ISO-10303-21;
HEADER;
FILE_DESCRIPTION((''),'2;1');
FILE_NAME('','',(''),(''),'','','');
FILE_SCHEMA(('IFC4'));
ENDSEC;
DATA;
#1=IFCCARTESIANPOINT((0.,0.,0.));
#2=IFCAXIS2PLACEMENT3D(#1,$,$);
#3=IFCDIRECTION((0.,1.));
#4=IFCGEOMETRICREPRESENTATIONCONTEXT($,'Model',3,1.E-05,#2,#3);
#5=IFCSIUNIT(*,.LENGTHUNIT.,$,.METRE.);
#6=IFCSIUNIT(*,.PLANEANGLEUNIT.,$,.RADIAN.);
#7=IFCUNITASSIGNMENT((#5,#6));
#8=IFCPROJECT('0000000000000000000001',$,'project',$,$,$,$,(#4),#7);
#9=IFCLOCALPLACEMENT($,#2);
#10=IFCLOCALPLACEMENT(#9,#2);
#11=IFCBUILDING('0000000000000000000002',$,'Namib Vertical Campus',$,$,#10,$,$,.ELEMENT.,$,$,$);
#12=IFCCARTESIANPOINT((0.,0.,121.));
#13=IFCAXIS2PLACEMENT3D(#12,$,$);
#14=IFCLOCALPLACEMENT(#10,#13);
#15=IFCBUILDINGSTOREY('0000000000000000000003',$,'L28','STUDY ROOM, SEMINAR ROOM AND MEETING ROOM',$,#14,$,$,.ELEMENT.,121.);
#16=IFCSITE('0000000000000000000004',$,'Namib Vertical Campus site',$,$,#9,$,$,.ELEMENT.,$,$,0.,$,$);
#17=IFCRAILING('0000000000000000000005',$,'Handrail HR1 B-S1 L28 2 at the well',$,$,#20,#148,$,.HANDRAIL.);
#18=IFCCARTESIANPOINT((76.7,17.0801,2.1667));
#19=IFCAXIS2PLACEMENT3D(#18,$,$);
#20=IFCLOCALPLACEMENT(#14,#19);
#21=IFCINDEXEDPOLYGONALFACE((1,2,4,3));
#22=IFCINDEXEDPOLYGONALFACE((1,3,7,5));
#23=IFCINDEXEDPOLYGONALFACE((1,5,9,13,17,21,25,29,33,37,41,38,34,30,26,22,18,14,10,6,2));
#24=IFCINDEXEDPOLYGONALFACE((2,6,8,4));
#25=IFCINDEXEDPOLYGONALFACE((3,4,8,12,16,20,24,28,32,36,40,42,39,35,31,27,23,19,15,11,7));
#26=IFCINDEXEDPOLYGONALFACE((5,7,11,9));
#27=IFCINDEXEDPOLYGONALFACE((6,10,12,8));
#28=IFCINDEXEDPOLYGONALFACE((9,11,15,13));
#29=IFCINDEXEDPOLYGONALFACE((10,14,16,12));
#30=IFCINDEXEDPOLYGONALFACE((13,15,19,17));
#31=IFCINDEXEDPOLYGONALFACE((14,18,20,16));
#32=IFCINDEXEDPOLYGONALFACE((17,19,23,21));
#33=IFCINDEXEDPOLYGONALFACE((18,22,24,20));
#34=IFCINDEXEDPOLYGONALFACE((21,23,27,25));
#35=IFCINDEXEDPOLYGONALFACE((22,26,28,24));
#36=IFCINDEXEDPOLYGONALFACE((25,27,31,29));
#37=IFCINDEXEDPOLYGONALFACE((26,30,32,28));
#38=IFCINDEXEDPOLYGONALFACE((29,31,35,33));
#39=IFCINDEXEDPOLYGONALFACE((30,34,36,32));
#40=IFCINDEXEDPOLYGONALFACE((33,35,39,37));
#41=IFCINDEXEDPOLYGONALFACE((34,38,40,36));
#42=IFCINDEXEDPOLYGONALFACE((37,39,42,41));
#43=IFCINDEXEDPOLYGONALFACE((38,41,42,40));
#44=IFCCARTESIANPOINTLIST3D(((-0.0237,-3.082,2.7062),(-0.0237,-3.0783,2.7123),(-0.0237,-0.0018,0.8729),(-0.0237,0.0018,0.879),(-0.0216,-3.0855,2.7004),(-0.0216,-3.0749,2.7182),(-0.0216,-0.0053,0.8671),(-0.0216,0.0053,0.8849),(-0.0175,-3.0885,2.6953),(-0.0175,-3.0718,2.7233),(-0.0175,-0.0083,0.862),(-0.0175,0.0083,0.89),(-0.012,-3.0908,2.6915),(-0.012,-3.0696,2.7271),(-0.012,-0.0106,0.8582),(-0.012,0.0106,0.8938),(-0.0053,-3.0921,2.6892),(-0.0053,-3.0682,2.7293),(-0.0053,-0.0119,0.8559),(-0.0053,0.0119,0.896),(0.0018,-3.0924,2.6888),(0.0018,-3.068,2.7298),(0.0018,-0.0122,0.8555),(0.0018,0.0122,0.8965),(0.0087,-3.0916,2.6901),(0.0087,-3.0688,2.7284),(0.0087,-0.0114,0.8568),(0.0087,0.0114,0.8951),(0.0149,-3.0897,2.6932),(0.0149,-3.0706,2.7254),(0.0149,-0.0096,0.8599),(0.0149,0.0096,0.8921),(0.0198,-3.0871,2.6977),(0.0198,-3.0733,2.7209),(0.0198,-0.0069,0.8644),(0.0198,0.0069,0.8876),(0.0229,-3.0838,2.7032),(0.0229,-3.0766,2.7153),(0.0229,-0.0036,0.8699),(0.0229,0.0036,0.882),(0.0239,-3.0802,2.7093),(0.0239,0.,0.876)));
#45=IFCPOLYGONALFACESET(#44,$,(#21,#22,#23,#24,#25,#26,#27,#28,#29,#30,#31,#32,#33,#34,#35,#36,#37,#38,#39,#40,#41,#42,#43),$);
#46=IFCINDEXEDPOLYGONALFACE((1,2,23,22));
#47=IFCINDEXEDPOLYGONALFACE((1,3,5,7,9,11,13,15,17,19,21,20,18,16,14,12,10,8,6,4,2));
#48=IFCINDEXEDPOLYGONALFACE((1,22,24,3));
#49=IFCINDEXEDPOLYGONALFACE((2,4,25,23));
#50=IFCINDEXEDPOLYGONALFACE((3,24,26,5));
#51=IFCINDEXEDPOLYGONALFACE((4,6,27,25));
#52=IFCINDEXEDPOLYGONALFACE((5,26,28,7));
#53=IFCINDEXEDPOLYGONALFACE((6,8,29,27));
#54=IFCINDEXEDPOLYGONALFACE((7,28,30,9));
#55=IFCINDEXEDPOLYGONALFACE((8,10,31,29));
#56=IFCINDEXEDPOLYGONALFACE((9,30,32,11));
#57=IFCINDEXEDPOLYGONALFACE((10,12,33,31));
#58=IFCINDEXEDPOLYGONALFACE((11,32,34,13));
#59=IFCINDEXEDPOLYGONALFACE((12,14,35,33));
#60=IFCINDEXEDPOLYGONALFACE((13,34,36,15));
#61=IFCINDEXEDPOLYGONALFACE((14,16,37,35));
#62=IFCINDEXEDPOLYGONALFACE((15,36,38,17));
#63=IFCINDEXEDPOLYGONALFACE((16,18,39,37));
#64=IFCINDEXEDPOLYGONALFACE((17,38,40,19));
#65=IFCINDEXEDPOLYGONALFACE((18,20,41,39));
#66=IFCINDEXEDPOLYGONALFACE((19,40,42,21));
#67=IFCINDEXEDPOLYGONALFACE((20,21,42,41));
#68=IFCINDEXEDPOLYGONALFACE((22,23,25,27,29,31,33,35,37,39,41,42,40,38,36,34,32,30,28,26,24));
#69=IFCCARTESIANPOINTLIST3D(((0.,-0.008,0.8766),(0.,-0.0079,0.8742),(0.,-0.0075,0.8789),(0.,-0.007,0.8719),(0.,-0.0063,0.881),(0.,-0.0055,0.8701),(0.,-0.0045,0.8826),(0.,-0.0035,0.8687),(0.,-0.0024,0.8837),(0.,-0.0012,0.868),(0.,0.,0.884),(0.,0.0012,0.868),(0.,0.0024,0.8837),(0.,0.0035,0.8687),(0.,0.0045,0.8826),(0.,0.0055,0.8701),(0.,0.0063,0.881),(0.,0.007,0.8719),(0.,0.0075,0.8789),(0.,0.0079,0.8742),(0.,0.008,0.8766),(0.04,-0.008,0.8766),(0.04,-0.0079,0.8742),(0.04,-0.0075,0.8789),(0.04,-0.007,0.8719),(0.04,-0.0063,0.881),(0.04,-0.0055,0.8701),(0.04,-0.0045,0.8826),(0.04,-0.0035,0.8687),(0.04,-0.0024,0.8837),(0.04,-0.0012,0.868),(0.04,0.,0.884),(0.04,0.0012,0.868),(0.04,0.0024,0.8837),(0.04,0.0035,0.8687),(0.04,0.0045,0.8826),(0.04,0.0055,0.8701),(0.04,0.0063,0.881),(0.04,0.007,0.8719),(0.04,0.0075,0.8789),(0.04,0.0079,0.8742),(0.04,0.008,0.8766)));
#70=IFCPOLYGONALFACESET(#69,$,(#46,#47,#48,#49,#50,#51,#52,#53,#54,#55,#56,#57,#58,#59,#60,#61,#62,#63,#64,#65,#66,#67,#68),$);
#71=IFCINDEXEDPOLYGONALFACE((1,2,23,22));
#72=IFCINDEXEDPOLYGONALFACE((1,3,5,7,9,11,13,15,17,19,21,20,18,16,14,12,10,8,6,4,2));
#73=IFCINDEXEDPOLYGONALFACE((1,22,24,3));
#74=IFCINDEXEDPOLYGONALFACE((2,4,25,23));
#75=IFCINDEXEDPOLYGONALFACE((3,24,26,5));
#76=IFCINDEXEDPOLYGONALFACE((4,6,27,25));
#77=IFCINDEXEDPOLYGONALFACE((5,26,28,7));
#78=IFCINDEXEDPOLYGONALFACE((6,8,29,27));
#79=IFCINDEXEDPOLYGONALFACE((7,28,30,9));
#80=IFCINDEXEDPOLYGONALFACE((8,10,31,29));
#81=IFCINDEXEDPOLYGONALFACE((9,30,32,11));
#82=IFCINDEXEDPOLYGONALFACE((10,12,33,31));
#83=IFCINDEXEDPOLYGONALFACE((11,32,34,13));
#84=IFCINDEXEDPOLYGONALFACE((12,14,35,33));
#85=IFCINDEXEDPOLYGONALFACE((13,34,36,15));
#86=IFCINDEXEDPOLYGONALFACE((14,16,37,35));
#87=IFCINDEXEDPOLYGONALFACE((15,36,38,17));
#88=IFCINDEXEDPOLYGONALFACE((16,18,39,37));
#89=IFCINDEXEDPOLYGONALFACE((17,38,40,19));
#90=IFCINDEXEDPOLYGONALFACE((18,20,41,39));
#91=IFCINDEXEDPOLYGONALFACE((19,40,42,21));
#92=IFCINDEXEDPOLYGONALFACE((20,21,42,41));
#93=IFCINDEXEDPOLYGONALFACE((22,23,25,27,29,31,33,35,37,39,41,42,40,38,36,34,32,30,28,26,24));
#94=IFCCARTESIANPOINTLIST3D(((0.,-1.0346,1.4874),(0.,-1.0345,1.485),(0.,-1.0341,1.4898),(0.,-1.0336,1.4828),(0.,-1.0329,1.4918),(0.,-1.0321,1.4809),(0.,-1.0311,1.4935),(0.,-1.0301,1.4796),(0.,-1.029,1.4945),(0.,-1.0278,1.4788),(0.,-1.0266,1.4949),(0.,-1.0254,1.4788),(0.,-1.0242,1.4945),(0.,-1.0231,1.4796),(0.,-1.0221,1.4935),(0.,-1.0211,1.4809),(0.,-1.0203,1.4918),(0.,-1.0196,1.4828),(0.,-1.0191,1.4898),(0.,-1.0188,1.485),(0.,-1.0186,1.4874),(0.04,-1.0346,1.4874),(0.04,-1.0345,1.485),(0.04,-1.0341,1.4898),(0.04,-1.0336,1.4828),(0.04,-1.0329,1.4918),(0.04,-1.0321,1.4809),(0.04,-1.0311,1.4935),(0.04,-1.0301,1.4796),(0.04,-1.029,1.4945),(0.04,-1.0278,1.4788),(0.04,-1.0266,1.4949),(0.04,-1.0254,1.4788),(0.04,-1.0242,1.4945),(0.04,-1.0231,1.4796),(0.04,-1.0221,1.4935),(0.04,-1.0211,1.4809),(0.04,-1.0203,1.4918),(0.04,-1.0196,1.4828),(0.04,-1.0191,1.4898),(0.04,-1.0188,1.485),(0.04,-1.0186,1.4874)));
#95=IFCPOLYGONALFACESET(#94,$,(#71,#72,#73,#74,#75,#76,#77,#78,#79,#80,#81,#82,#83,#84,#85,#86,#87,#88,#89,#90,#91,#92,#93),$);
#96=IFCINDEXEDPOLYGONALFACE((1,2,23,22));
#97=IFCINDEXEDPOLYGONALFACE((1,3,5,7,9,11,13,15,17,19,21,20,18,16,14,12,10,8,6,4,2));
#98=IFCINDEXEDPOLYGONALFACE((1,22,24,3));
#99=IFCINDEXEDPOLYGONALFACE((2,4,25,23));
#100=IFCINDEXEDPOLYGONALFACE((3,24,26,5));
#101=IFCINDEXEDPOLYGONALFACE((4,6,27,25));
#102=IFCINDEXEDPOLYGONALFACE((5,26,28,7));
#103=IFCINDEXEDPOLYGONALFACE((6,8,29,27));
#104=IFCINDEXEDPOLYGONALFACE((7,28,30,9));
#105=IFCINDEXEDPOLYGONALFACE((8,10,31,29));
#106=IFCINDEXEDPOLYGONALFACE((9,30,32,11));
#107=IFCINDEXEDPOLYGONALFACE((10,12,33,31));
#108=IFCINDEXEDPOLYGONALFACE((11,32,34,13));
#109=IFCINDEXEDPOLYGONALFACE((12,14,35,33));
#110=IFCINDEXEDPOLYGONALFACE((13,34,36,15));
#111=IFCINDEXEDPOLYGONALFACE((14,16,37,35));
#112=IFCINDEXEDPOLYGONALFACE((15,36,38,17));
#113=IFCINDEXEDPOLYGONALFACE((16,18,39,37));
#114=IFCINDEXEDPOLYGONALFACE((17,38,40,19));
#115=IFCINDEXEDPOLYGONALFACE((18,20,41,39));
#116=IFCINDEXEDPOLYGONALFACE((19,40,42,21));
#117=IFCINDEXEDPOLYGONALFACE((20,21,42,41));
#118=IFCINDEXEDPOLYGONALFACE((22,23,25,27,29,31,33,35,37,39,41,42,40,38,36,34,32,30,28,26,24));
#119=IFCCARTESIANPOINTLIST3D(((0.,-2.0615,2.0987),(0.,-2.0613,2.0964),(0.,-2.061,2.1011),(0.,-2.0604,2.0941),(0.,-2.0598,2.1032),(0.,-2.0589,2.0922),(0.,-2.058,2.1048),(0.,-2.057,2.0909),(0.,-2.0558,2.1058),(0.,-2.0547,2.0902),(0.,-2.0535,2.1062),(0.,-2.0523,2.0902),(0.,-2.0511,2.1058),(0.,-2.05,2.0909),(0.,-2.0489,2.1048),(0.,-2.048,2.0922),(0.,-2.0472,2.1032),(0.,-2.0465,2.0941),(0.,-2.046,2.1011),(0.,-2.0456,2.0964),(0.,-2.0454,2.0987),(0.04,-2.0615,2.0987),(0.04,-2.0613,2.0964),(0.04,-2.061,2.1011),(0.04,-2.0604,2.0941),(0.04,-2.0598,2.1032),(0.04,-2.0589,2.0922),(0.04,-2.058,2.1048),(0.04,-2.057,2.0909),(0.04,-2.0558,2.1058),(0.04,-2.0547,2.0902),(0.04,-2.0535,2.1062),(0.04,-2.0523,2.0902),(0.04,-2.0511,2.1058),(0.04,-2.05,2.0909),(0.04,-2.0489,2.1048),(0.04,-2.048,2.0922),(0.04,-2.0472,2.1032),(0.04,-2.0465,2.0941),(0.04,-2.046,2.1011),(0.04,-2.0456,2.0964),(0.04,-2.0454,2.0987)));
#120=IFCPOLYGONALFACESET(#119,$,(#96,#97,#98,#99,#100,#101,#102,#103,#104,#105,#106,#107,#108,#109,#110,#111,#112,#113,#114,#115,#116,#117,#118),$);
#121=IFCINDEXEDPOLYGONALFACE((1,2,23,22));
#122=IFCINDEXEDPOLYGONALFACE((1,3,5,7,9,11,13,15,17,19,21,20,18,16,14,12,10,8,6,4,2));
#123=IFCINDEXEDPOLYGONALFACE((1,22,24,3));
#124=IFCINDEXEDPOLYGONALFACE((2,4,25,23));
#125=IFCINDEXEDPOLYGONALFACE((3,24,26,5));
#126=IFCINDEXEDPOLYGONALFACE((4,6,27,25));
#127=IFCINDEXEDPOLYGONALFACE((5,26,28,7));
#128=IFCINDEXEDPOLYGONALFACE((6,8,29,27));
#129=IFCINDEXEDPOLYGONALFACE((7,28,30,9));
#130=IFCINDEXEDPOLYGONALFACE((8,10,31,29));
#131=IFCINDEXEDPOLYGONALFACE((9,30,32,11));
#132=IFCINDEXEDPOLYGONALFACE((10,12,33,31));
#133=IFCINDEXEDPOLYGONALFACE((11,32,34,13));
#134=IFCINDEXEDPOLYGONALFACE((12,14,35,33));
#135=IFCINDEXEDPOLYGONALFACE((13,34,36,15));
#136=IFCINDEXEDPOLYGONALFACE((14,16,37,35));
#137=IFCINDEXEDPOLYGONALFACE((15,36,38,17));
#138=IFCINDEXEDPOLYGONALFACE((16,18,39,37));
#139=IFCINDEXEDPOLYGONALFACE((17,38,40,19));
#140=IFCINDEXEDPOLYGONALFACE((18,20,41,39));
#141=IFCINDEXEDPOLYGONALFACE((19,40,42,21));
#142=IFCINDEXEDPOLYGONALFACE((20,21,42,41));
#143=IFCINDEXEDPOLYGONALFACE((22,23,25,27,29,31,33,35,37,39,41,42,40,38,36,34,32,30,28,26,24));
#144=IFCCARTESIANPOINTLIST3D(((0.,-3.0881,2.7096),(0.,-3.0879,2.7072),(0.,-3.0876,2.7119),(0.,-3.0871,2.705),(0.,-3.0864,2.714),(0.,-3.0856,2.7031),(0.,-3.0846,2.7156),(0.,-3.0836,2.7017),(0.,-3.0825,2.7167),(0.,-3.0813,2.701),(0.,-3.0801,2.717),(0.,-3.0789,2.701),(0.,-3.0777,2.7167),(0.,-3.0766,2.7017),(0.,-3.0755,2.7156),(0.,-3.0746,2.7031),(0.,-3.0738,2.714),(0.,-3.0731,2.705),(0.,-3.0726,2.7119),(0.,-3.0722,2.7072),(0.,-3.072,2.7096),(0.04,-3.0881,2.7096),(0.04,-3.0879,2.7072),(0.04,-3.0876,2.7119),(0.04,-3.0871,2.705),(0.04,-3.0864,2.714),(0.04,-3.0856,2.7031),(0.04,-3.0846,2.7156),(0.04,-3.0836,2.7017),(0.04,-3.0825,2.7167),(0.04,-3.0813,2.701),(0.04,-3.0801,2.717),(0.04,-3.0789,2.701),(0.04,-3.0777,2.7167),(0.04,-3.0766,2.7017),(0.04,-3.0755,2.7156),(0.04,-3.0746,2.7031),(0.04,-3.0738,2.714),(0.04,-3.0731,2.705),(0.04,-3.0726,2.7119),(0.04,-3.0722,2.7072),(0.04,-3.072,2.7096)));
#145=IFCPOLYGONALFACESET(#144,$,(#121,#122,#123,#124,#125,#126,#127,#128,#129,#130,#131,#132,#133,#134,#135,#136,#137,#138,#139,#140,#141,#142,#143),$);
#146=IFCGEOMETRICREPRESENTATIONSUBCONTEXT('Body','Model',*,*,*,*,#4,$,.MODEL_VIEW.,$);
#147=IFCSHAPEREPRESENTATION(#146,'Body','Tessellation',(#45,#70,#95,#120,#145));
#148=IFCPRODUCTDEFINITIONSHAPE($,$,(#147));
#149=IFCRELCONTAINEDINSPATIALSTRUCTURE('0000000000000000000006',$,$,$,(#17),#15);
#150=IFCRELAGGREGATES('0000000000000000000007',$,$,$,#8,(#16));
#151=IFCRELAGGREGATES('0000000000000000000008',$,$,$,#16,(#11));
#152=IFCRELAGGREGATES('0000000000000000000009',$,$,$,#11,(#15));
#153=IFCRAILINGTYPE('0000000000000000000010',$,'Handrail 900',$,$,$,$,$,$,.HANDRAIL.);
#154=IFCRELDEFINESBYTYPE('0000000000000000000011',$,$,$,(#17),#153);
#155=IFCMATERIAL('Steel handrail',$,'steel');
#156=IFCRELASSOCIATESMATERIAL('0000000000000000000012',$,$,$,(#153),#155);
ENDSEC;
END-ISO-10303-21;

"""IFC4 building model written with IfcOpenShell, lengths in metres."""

from ifc_helpers import new_model, si_unit, direction, frame, origin, origin_2d, place, context, subcontext, project, spatial, circle, extrude, material, type_object, element, save


model = new_model("IFC4")

# Units and contexts
model_context = context("Model", 3, precision=1e-05, world=origin(), true_north=direction((0.0, 1.0)))
body_context = subcontext(model_context, "Body", "Model", "MODEL_VIEW")
ifc_project = project(units=[si_unit("LENGTHUNIT", "METRE"), si_unit("PLANEANGLEUNIT", "RADIAN")], contexts=[model_context])

# Site, building, storey
site_placement = place(None, origin())
site = spatial("IfcSite", under=ifc_project, at=site_placement, Name="Namib Vertical Campus site", CompositionType="ELEMENT", RefElevation=0.0)
building_placement = place(site_placement, origin())
building = spatial("IfcBuilding", under=site, at=building_placement, Name="Namib Vertical Campus", CompositionType="ELEMENT")
storey_placement = place(building_placement, frame((0.0, 0.0, 121.0)))
storey = spatial("IfcBuildingStorey", under=building, at=storey_placement, Name="L28", Description="STUDY ROOM, SEMINAR ROOM AND MEETING ROOM", CompositionType="ELEMENT", Elevation=121.0)

# Railing
ifc_material_1 = material(Name="Steel handrail", Category="steel")
railing_type = type_object("IfcRailingType", Name="Handrail 900", PredefinedType="HANDRAIL", material=ifc_material_1)
railing_1_placement = place(storey_placement, frame((76.7, 17.0801, 2.1667)))
element("IfcRailing", 1, at=railing_1_placement, inside=storey, type_object=railing_type, Name="Handrail HR1 B-S1 L28 2 at the well", PredefinedType="HANDRAIL", context=body_context, shape_type="SweptSolid", body=[
    extrude(circle(Radius=0.0239, at=origin_2d()), frame((0.0, 0.0, 0.876), z_axis=(0.0, -0.859309, 0.511458), x_axis=(1.0, 0.0, 0.0)), (0.0, 0.0, 1.0), 3.5845),
    extrude(circle(Radius=0.0081, at=origin_2d()), frame((0.0, 0.0, 0.876), z_axis=(1.0, 0.0, 0.0), x_axis=(0.0, 0.0, 1.0)), (0.0, 0.0, 1.0), 0.04),
    extrude(circle(Radius=0.0081, at=origin_2d()), frame((0.0, -1.0266, 1.4868), z_axis=(1.0, 0.0, 0.0), x_axis=(0.0, 0.0, 1.0)), (0.0, 0.0, 1.0), 0.04),
    extrude(circle(Radius=0.0081, at=origin_2d()), frame((0.0, -2.0535, 2.0981), z_axis=(1.0, 0.0, 0.0), x_axis=(0.0, 0.0, 1.0)), (0.0, 0.0, 1.0), 0.04),
    extrude(circle(Radius=0.0081, at=origin_2d()), frame((0.0, -3.0801, 2.709), z_axis=(1.0, 0.0, 0.0), x_axis=(0.0, 0.0, 1.0)), (0.0, 0.0, 1.0), 0.04),
])

save(model, "model.ifc")
